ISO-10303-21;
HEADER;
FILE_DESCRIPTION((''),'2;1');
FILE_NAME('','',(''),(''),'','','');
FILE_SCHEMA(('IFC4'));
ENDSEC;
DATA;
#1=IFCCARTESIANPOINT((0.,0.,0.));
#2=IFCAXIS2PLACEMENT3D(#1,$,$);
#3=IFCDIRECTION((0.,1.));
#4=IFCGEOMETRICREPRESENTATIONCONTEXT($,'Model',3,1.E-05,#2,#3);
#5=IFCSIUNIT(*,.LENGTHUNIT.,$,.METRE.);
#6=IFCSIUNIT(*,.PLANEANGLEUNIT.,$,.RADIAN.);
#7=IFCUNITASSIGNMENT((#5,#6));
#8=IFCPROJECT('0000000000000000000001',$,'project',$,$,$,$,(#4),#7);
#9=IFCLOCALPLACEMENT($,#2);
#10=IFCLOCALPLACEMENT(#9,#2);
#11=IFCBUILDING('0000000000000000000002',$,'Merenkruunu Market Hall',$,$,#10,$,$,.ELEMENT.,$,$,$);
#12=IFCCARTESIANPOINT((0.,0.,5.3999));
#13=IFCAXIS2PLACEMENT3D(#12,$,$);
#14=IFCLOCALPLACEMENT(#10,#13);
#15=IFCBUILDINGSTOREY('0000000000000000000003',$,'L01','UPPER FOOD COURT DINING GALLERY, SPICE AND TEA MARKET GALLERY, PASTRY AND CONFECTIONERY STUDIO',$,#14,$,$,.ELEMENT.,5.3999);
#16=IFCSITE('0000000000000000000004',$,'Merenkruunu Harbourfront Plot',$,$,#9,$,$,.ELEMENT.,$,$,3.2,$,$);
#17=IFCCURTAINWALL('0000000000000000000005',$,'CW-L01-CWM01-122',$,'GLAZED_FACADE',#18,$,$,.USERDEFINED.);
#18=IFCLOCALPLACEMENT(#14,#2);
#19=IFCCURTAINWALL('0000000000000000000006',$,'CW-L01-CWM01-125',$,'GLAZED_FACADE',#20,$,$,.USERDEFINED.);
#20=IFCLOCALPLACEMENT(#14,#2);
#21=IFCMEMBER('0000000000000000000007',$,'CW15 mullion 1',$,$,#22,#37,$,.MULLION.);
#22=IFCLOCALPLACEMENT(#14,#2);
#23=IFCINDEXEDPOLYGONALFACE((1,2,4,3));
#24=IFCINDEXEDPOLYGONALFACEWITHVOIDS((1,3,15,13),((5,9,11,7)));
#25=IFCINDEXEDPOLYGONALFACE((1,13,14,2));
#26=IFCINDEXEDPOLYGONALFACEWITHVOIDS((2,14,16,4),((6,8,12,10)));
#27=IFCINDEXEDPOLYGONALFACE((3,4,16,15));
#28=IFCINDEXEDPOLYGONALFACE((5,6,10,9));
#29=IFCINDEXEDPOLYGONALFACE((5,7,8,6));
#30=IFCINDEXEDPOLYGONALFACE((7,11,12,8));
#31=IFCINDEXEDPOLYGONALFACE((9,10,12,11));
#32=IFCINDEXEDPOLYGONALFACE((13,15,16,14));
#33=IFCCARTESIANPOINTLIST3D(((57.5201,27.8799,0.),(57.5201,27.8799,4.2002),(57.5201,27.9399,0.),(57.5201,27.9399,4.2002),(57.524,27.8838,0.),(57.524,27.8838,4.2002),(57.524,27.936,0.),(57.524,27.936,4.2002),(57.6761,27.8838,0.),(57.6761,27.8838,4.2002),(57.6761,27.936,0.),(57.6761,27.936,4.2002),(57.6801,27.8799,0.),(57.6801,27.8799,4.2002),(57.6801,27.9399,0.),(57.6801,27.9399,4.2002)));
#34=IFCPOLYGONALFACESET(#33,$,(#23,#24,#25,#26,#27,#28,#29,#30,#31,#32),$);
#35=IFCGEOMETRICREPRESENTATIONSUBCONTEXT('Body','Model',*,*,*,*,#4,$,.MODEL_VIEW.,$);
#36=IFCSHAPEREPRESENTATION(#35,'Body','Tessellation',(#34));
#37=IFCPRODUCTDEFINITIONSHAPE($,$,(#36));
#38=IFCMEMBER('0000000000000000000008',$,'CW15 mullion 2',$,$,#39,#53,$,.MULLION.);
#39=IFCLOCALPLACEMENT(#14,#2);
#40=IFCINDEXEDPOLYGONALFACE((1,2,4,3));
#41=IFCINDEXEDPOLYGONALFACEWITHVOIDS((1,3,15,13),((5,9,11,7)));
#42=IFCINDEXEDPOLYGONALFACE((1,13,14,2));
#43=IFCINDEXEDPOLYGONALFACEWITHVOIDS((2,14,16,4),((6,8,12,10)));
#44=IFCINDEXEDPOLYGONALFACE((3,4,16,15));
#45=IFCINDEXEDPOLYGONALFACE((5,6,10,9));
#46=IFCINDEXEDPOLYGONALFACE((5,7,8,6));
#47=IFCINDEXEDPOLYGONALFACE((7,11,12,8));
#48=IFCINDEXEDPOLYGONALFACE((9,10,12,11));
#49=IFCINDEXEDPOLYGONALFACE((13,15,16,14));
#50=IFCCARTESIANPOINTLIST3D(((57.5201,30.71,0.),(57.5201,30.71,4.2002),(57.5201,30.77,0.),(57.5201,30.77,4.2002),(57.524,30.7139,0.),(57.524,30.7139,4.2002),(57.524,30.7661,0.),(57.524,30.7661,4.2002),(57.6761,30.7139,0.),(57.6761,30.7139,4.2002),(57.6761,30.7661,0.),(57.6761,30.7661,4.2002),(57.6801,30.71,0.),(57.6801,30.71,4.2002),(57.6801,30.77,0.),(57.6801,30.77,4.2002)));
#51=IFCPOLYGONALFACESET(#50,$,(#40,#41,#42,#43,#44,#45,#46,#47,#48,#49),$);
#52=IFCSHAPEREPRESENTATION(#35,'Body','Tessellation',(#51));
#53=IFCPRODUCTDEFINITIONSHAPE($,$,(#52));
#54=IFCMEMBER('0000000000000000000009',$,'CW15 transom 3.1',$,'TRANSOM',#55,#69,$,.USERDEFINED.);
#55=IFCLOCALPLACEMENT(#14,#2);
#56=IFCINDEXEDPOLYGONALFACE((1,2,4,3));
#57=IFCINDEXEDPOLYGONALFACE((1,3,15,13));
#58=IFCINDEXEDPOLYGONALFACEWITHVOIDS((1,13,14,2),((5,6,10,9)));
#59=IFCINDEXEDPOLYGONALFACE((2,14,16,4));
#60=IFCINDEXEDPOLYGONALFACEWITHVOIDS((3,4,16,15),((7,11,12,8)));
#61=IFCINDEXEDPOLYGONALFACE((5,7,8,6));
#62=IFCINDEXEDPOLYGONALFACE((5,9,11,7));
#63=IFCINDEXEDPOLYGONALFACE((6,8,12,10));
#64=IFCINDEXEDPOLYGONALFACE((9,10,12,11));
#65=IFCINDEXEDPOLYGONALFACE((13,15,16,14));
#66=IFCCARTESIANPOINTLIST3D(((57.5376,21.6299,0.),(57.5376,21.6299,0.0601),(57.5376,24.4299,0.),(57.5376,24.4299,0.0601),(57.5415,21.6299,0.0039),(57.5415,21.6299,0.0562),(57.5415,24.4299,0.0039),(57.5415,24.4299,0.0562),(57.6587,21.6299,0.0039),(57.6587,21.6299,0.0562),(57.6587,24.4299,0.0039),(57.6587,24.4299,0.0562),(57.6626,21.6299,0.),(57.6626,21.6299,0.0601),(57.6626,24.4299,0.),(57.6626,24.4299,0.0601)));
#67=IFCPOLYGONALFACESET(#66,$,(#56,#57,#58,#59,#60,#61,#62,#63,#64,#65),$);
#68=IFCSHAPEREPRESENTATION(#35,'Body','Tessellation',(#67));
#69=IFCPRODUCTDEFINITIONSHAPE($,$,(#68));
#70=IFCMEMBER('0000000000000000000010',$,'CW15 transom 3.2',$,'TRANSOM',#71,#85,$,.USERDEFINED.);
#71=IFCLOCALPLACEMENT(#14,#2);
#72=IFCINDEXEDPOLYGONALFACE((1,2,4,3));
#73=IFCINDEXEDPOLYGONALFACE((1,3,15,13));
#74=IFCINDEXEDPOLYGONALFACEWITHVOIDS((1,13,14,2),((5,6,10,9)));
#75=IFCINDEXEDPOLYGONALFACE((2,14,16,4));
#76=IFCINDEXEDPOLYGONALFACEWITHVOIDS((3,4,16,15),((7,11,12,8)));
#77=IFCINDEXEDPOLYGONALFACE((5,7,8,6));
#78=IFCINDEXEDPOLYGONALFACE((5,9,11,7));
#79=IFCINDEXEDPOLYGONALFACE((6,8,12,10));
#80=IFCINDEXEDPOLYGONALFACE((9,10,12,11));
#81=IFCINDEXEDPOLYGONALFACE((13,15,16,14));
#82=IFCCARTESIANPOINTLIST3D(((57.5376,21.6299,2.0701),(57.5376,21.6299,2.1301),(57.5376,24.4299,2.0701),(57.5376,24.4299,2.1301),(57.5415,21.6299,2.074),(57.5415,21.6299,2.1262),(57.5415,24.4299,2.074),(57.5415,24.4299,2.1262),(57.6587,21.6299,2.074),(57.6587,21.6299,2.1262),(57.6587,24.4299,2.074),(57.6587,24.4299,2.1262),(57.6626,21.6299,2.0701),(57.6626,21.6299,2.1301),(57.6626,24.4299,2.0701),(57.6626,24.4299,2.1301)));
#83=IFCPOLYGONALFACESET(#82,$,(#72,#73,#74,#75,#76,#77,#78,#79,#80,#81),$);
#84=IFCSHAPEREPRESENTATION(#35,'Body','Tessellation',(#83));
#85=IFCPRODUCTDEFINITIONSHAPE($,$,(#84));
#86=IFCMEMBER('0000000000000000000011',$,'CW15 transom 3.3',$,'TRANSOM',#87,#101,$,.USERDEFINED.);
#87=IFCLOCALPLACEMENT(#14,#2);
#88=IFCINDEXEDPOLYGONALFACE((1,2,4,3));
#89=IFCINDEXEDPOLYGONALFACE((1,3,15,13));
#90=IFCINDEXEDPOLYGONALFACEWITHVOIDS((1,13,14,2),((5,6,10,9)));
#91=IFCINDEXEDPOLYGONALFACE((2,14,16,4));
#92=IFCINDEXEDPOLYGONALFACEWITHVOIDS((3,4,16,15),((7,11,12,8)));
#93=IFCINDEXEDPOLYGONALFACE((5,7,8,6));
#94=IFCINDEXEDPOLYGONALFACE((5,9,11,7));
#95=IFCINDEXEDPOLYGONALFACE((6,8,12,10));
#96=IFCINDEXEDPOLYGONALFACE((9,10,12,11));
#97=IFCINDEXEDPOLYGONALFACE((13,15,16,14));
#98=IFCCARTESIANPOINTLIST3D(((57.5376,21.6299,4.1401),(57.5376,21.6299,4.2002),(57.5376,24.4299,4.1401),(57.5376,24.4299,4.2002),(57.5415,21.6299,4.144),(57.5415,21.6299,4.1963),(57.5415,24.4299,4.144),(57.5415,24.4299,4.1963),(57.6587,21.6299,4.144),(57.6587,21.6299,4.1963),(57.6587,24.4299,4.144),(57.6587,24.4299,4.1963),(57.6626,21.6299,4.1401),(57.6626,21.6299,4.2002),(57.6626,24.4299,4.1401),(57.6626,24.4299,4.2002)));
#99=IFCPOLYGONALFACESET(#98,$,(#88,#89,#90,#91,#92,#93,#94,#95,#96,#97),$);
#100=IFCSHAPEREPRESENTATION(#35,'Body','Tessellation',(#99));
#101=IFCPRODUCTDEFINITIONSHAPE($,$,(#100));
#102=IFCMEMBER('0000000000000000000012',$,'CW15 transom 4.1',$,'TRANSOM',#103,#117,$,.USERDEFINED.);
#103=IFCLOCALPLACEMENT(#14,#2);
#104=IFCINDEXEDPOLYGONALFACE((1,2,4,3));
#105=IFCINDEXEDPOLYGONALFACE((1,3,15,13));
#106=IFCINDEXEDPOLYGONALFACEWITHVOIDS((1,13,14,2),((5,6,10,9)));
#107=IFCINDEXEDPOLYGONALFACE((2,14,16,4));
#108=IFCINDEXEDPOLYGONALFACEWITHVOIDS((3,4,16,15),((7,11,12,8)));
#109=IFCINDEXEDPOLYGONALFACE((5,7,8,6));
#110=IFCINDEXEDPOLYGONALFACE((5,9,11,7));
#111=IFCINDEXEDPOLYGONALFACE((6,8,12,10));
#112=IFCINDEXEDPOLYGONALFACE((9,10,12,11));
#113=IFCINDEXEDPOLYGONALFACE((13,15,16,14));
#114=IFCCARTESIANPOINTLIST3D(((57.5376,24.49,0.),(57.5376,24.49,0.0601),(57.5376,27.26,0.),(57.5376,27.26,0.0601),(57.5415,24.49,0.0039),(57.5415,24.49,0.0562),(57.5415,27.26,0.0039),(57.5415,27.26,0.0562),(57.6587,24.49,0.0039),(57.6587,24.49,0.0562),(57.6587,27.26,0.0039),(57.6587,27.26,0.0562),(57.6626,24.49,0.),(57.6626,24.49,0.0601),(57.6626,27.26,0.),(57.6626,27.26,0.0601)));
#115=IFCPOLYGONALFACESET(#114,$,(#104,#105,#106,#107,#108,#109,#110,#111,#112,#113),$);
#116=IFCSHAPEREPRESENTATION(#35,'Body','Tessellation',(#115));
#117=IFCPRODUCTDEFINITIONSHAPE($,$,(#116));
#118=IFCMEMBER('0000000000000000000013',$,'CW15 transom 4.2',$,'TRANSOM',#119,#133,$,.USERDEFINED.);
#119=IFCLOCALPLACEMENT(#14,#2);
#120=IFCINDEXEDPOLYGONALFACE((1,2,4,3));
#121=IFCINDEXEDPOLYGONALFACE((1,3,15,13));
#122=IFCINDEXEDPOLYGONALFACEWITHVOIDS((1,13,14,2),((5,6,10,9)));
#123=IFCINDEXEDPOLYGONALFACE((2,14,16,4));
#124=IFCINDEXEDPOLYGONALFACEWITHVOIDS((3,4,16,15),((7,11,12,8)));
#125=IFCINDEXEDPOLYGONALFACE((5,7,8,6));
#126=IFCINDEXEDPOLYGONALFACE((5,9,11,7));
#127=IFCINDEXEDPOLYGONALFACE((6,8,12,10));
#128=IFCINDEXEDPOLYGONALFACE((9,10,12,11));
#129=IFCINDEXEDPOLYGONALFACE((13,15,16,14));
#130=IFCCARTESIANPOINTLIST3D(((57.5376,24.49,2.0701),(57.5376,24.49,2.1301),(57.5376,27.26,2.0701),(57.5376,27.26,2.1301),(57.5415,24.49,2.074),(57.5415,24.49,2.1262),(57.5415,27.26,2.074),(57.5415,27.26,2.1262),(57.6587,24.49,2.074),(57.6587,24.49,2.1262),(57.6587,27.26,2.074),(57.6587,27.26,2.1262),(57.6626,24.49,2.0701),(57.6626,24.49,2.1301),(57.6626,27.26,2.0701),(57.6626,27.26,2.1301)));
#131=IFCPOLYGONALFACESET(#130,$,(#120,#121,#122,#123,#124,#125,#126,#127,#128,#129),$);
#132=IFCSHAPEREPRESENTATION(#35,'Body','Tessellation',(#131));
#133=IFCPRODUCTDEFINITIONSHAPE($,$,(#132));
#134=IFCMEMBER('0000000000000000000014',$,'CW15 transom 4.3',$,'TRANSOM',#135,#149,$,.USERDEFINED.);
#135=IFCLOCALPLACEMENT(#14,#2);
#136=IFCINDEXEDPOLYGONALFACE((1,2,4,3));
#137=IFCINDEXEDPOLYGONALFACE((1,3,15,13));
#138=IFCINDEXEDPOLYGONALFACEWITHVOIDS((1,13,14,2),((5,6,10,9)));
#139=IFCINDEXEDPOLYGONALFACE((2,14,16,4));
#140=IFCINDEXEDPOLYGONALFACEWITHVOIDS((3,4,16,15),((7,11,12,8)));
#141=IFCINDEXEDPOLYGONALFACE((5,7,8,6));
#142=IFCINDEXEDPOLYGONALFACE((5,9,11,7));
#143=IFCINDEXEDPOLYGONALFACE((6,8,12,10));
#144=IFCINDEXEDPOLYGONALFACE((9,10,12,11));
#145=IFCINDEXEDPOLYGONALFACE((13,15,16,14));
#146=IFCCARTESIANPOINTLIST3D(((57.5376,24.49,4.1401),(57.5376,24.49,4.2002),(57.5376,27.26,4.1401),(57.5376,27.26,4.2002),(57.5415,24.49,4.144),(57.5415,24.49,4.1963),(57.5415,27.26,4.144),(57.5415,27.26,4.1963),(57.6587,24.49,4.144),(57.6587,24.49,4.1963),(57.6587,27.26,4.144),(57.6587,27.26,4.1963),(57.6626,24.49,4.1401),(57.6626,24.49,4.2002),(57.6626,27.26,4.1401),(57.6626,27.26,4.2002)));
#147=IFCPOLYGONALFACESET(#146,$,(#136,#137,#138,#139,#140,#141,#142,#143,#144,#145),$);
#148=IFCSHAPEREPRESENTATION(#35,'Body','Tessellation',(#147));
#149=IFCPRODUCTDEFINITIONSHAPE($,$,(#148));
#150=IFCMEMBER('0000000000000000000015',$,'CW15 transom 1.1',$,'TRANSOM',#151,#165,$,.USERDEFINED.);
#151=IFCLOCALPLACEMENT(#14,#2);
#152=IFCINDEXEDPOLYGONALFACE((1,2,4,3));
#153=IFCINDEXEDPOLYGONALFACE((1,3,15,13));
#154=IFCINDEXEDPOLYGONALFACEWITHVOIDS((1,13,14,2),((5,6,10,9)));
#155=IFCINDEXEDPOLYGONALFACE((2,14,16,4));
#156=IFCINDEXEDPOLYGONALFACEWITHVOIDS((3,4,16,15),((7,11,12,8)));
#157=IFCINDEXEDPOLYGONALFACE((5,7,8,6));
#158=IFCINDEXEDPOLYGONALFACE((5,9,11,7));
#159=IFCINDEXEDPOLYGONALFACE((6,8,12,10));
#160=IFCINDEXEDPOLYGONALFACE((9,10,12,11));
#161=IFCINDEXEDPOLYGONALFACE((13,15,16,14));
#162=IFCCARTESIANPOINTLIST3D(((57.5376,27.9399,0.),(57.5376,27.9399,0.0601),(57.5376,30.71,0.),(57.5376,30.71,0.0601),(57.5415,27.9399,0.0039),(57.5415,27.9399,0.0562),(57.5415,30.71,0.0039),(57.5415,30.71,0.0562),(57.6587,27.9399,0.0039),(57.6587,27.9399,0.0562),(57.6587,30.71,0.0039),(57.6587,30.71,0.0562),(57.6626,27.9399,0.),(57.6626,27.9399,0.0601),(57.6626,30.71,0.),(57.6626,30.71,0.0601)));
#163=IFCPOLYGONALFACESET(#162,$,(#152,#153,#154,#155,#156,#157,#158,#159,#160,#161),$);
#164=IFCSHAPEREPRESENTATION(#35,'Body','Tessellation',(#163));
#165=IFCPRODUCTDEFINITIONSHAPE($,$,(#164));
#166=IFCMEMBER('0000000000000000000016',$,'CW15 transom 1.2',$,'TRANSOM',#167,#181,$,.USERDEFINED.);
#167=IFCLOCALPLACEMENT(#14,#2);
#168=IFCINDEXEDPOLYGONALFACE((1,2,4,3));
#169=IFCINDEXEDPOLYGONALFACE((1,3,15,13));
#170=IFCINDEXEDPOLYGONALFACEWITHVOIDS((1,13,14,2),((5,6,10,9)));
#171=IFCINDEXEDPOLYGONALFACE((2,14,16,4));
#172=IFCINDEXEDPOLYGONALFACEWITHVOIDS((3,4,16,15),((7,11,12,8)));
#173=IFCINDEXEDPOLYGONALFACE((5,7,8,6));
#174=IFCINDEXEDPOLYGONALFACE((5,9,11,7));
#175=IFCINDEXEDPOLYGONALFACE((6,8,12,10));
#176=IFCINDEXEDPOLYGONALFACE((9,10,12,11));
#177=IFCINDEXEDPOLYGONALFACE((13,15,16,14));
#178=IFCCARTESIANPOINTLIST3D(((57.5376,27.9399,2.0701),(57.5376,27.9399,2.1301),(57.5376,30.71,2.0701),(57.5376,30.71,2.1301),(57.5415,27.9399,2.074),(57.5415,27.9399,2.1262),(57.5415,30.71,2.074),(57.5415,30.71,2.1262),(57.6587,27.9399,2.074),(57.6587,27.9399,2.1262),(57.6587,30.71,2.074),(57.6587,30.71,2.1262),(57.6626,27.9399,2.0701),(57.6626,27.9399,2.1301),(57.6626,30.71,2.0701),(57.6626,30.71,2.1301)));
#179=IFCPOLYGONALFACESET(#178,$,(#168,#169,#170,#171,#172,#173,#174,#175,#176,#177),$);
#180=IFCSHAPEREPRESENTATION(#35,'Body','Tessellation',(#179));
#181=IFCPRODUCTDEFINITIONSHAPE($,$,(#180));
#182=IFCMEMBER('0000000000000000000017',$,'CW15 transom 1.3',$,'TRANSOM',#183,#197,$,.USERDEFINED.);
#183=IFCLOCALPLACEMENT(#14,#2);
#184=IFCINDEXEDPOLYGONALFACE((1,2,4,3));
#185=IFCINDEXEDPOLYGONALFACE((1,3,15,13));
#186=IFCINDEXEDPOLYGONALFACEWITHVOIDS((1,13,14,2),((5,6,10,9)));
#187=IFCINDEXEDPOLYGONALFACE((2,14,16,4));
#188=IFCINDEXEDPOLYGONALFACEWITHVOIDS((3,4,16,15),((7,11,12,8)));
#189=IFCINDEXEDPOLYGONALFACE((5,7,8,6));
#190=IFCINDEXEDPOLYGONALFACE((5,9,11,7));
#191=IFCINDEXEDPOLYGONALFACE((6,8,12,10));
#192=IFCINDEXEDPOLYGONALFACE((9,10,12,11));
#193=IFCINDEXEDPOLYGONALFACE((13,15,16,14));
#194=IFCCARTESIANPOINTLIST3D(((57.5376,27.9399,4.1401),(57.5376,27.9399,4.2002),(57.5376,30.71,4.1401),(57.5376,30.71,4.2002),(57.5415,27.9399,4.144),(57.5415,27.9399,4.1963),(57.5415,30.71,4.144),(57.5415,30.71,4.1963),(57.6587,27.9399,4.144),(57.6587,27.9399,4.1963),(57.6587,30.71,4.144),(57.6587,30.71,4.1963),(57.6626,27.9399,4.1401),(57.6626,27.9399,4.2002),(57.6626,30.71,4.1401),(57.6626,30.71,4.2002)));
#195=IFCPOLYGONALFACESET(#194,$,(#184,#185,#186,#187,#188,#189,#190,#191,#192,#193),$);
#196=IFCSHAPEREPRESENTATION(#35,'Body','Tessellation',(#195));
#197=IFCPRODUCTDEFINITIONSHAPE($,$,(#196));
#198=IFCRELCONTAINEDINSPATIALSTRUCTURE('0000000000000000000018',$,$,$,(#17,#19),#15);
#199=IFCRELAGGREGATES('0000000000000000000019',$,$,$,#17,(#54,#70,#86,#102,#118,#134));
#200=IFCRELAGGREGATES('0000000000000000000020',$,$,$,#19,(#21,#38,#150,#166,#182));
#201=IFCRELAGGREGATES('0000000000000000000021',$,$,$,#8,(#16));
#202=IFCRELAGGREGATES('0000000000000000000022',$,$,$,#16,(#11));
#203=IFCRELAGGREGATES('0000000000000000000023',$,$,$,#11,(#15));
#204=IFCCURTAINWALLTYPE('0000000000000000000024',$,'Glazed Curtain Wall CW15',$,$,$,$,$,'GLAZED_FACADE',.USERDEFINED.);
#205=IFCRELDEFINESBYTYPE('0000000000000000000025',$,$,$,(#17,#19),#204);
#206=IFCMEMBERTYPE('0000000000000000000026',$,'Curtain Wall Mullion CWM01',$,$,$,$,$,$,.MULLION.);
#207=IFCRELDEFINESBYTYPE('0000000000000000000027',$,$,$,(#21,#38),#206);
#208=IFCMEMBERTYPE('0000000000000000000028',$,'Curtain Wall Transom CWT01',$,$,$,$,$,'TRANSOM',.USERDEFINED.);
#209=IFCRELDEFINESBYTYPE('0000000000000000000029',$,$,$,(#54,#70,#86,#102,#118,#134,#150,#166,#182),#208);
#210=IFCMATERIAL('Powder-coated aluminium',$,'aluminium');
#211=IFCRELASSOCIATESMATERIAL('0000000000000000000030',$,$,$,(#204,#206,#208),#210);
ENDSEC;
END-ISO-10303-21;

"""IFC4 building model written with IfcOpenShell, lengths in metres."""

from ifc_helpers import new_model, si_unit, direction, frame, origin, origin_2d, place, context, subcontext, project, spatial, hollow_rectangle, extrude, material, material_profile, profile_set, type_object, element, aggregate, save


model = new_model("IFC4")

# Units and contexts
model_context = context("Model", 3, precision=1e-05, world=origin(), true_north=direction((0.0, 1.0)))
body_context = subcontext(model_context, "Body", "Model", "MODEL_VIEW")
ifc_project = project(units=[si_unit("LENGTHUNIT", "METRE"), si_unit("PLANEANGLEUNIT", "RADIAN")], contexts=[model_context])

# Site, building, storey
site_placement = place(None, origin())
site = spatial("IfcSite", under=ifc_project, at=site_placement, Name="Merenkruunu Harbourfront Plot", CompositionType="ELEMENT", RefElevation=3.2)
building_placement = place(site_placement, origin())
building = spatial("IfcBuilding", under=site, at=building_placement, Name="Merenkruunu Market Hall", CompositionType="ELEMENT")
storey_placement = place(building_placement, frame((0.0, 0.0, 5.3999)))
storey = spatial("IfcBuildingStorey", under=building, at=storey_placement, Name="L01", Description="UPPER FOOD COURT DINING GALLERY, SPICE AND TEA MARKET GALLERY, PASTRY AND CONFECTIONERY STUDIO", CompositionType="ELEMENT", Elevation=5.3999)

# Curtain walls, members
ifc_material_1 = material(Name="Powder-coated aluminium", Category="aluminium")
curtain_wall_type = type_object("IfcCurtainWallType", Name="Glazed Curtain Wall CW15", ElementType="GLAZED_FACADE", PredefinedType="USERDEFINED", material=ifc_material_1)
curtain_wall_1_placement = place(storey_placement, origin())
curtain_wall_1 = element("IfcCurtainWall", 1, at=curtain_wall_1_placement, inside=storey, type_object=curtain_wall_type, Name="CW-L01-CWM01-122", ObjectType="GLAZED_FACADE", PredefinedType="USERDEFINED")
ifc_material_profile_1 = material_profile(ifc_material_1, hollow_rectangle(XDim=0.0601, YDim=0.1599, WallThickness=0.0039, at=origin_2d()), Name="ALU 60x160x4")
ifc_profile_set_1 = profile_set([ifc_material_profile_1], Name="Powder-coated aluminium")
member_type_1 = type_object("IfcMemberType", Name="Curtain Wall Mullion CWM01", PredefinedType="MULLION", material=ifc_profile_set_1)
curtain_wall_2_placement = place(storey_placement, origin())
curtain_wall_2 = element("IfcCurtainWall", 2, at=curtain_wall_2_placement, inside=storey, type_object=curtain_wall_type, Name="CW-L01-CWM01-125", ObjectType="GLAZED_FACADE", PredefinedType="USERDEFINED")
member_1_placement = place(storey_placement, frame((57.6001, 27.9099, 0.0), z_axis=(0.0, 0.0, 1.0), x_axis=(0.0, 1.0, 0.0)))
member_1 = element("IfcMember", 3, at=member_1_placement, type_object=member_type_1, Name="CW15 mullion 1", PredefinedType="MULLION", context=body_context, shape_type="SweptSolid", body=[
    extrude(hollow_rectangle(XDim=0.0601, YDim=0.1599, WallThickness=0.0039, at=origin_2d()), origin(), (0.0, 0.0, 1.0), 4.2002),
])
member_2_placement = place(storey_placement, frame((57.6001, 30.74, 0.0), z_axis=(0.0, 0.0, 1.0), x_axis=(0.0, 1.0, 0.0)))
member_2 = element("IfcMember", 4, at=member_2_placement, type_object=member_type_1, Name="CW15 mullion 2", PredefinedType="MULLION", context=body_context, shape_type="SweptSolid", body=[
    extrude(hollow_rectangle(XDim=0.0601, YDim=0.1599, WallThickness=0.0039, at=origin_2d()), origin(), (0.0, 0.0, 1.0), 4.2002),
])

# Members
ifc_material_profile_2 = material_profile(ifc_material_1, hollow_rectangle(XDim=0.0601, YDim=0.125, WallThickness=0.0039, at=origin_2d()), Name="ALU 60x125x4")
ifc_profile_set_2 = profile_set([ifc_material_profile_2], Name="Powder-coated aluminium")
member_type_2 = type_object("IfcMemberType", Name="Curtain Wall Transom CWT01", ElementType="TRANSOM", PredefinedType="USERDEFINED", material=ifc_profile_set_2)
member_3_placement = place(storey_placement, frame((57.6001, 21.6299, 0.03), z_axis=(0.0, 1.0, 0.0), x_axis=(0.0, 0.0, 1.0)))
member_3 = element("IfcMember", 5, at=member_3_placement, type_object=member_type_2, Name="CW15 transom 3.1", ObjectType="TRANSOM", PredefinedType="USERDEFINED", context=body_context, shape_type="SweptSolid", body=[
    extrude(hollow_rectangle(XDim=0.0601, YDim=0.125, WallThickness=0.0039, at=origin_2d()), origin(), (0.0, 0.0, 1.0), 2.8),
])
member_4_placement = place(storey_placement, frame((57.6001, 21.6299, 2.1001), z_axis=(0.0, 1.0, 0.0), x_axis=(0.0, 0.0, 1.0)))
member_4 = element("IfcMember", 6, at=member_4_placement, type_object=member_type_2, Name="CW15 transom 3.2", ObjectType="TRANSOM", PredefinedType="USERDEFINED", context=body_context, shape_type="SweptSolid", body=[
    extrude(hollow_rectangle(XDim=0.0601, YDim=0.125, WallThickness=0.0039, at=origin_2d()), origin(), (0.0, 0.0, 1.0), 2.8),
])
member_5_placement = place(storey_placement, frame((57.6001, 21.6299, 4.1702), z_axis=(0.0, 1.0, 0.0), x_axis=(0.0, 0.0, 1.0)))
member_5 = element("IfcMember", 7, at=member_5_placement, type_object=member_type_2, Name="CW15 transom 3.3", ObjectType="TRANSOM", PredefinedType="USERDEFINED", context=body_context, shape_type="SweptSolid", body=[
    extrude(hollow_rectangle(XDim=0.0601, YDim=0.125, WallThickness=0.0039, at=origin_2d()), origin(), (0.0, 0.0, 1.0), 2.8),
])
member_6_placement = place(storey_placement, frame((57.6001, 24.49, 0.03), z_axis=(0.0, 1.0, 0.0), x_axis=(0.0, 0.0, 1.0)))
member_6 = element("IfcMember", 8, at=member_6_placement, type_object=member_type_2, Name="CW15 transom 4.1", ObjectType="TRANSOM", PredefinedType="USERDEFINED", context=body_context, shape_type="SweptSolid", body=[
    extrude(hollow_rectangle(XDim=0.0601, YDim=0.125, WallThickness=0.0039, at=origin_2d()), origin(), (0.0, 0.0, 1.0), 2.77),
])
member_7_placement = place(storey_placement, frame((57.6001, 24.49, 2.1001), z_axis=(0.0, 1.0, 0.0), x_axis=(0.0, 0.0, 1.0)))
member_7 = element("IfcMember", 9, at=member_7_placement, type_object=member_type_2, Name="CW15 transom 4.2", ObjectType="TRANSOM", PredefinedType="USERDEFINED", context=body_context, shape_type="SweptSolid", body=[
    extrude(hollow_rectangle(XDim=0.0601, YDim=0.125, WallThickness=0.0039, at=origin_2d()), origin(), (0.0, 0.0, 1.0), 2.77),
])
member_8_placement = place(storey_placement, frame((57.6001, 24.49, 4.1702), z_axis=(0.0, 1.0, 0.0), x_axis=(0.0, 0.0, 1.0)))
member_8 = element("IfcMember", 10, at=member_8_placement, type_object=member_type_2, Name="CW15 transom 4.3", ObjectType="TRANSOM", PredefinedType="USERDEFINED", context=body_context, shape_type="SweptSolid", body=[
    extrude(hollow_rectangle(XDim=0.0601, YDim=0.125, WallThickness=0.0039, at=origin_2d()), origin(), (0.0, 0.0, 1.0), 2.77),
])
member_9_placement = place(storey_placement, frame((57.6001, 27.9399, 0.03), z_axis=(0.0, 1.0, 0.0), x_axis=(0.0, 0.0, 1.0)))
member_9 = element("IfcMember", 11, at=member_9_placement, type_object=member_type_2, Name="CW15 transom 1.1", ObjectType="TRANSOM", PredefinedType="USERDEFINED", context=body_context, shape_type="SweptSolid", body=[
    extrude(hollow_rectangle(XDim=0.0601, YDim=0.125, WallThickness=0.0039, at=origin_2d()), origin(), (0.0, 0.0, 1.0), 2.77),
])
member_10_placement = place(storey_placement, frame((57.6001, 27.9399, 2.1001), z_axis=(0.0, 1.0, 0.0), x_axis=(0.0, 0.0, 1.0)))
member_10 = element("IfcMember", 12, at=member_10_placement, type_object=member_type_2, Name="CW15 transom 1.2", ObjectType="TRANSOM", PredefinedType="USERDEFINED", context=body_context, shape_type="SweptSolid", body=[
    extrude(hollow_rectangle(XDim=0.0601, YDim=0.125, WallThickness=0.0039, at=origin_2d()), origin(), (0.0, 0.0, 1.0), 2.77),
])
member_11_placement = place(storey_placement, frame((57.6001, 27.9399, 4.1702), z_axis=(0.0, 1.0, 0.0), x_axis=(0.0, 0.0, 1.0)))
member_11 = element("IfcMember", 13, at=member_11_placement, type_object=member_type_2, Name="CW15 transom 1.3", ObjectType="TRANSOM", PredefinedType="USERDEFINED", context=body_context, shape_type="SweptSolid", body=[
    extrude(hollow_rectangle(XDim=0.0601, YDim=0.125, WallThickness=0.0039, at=origin_2d()), origin(), (0.0, 0.0, 1.0), 2.77),
])

aggregate(curtain_wall_1, [member_3, member_4, member_5, member_6, member_7, member_8])
aggregate(curtain_wall_2, [member_1, member_2, member_9, member_10, member_11])

save(model, "model.ifc")
